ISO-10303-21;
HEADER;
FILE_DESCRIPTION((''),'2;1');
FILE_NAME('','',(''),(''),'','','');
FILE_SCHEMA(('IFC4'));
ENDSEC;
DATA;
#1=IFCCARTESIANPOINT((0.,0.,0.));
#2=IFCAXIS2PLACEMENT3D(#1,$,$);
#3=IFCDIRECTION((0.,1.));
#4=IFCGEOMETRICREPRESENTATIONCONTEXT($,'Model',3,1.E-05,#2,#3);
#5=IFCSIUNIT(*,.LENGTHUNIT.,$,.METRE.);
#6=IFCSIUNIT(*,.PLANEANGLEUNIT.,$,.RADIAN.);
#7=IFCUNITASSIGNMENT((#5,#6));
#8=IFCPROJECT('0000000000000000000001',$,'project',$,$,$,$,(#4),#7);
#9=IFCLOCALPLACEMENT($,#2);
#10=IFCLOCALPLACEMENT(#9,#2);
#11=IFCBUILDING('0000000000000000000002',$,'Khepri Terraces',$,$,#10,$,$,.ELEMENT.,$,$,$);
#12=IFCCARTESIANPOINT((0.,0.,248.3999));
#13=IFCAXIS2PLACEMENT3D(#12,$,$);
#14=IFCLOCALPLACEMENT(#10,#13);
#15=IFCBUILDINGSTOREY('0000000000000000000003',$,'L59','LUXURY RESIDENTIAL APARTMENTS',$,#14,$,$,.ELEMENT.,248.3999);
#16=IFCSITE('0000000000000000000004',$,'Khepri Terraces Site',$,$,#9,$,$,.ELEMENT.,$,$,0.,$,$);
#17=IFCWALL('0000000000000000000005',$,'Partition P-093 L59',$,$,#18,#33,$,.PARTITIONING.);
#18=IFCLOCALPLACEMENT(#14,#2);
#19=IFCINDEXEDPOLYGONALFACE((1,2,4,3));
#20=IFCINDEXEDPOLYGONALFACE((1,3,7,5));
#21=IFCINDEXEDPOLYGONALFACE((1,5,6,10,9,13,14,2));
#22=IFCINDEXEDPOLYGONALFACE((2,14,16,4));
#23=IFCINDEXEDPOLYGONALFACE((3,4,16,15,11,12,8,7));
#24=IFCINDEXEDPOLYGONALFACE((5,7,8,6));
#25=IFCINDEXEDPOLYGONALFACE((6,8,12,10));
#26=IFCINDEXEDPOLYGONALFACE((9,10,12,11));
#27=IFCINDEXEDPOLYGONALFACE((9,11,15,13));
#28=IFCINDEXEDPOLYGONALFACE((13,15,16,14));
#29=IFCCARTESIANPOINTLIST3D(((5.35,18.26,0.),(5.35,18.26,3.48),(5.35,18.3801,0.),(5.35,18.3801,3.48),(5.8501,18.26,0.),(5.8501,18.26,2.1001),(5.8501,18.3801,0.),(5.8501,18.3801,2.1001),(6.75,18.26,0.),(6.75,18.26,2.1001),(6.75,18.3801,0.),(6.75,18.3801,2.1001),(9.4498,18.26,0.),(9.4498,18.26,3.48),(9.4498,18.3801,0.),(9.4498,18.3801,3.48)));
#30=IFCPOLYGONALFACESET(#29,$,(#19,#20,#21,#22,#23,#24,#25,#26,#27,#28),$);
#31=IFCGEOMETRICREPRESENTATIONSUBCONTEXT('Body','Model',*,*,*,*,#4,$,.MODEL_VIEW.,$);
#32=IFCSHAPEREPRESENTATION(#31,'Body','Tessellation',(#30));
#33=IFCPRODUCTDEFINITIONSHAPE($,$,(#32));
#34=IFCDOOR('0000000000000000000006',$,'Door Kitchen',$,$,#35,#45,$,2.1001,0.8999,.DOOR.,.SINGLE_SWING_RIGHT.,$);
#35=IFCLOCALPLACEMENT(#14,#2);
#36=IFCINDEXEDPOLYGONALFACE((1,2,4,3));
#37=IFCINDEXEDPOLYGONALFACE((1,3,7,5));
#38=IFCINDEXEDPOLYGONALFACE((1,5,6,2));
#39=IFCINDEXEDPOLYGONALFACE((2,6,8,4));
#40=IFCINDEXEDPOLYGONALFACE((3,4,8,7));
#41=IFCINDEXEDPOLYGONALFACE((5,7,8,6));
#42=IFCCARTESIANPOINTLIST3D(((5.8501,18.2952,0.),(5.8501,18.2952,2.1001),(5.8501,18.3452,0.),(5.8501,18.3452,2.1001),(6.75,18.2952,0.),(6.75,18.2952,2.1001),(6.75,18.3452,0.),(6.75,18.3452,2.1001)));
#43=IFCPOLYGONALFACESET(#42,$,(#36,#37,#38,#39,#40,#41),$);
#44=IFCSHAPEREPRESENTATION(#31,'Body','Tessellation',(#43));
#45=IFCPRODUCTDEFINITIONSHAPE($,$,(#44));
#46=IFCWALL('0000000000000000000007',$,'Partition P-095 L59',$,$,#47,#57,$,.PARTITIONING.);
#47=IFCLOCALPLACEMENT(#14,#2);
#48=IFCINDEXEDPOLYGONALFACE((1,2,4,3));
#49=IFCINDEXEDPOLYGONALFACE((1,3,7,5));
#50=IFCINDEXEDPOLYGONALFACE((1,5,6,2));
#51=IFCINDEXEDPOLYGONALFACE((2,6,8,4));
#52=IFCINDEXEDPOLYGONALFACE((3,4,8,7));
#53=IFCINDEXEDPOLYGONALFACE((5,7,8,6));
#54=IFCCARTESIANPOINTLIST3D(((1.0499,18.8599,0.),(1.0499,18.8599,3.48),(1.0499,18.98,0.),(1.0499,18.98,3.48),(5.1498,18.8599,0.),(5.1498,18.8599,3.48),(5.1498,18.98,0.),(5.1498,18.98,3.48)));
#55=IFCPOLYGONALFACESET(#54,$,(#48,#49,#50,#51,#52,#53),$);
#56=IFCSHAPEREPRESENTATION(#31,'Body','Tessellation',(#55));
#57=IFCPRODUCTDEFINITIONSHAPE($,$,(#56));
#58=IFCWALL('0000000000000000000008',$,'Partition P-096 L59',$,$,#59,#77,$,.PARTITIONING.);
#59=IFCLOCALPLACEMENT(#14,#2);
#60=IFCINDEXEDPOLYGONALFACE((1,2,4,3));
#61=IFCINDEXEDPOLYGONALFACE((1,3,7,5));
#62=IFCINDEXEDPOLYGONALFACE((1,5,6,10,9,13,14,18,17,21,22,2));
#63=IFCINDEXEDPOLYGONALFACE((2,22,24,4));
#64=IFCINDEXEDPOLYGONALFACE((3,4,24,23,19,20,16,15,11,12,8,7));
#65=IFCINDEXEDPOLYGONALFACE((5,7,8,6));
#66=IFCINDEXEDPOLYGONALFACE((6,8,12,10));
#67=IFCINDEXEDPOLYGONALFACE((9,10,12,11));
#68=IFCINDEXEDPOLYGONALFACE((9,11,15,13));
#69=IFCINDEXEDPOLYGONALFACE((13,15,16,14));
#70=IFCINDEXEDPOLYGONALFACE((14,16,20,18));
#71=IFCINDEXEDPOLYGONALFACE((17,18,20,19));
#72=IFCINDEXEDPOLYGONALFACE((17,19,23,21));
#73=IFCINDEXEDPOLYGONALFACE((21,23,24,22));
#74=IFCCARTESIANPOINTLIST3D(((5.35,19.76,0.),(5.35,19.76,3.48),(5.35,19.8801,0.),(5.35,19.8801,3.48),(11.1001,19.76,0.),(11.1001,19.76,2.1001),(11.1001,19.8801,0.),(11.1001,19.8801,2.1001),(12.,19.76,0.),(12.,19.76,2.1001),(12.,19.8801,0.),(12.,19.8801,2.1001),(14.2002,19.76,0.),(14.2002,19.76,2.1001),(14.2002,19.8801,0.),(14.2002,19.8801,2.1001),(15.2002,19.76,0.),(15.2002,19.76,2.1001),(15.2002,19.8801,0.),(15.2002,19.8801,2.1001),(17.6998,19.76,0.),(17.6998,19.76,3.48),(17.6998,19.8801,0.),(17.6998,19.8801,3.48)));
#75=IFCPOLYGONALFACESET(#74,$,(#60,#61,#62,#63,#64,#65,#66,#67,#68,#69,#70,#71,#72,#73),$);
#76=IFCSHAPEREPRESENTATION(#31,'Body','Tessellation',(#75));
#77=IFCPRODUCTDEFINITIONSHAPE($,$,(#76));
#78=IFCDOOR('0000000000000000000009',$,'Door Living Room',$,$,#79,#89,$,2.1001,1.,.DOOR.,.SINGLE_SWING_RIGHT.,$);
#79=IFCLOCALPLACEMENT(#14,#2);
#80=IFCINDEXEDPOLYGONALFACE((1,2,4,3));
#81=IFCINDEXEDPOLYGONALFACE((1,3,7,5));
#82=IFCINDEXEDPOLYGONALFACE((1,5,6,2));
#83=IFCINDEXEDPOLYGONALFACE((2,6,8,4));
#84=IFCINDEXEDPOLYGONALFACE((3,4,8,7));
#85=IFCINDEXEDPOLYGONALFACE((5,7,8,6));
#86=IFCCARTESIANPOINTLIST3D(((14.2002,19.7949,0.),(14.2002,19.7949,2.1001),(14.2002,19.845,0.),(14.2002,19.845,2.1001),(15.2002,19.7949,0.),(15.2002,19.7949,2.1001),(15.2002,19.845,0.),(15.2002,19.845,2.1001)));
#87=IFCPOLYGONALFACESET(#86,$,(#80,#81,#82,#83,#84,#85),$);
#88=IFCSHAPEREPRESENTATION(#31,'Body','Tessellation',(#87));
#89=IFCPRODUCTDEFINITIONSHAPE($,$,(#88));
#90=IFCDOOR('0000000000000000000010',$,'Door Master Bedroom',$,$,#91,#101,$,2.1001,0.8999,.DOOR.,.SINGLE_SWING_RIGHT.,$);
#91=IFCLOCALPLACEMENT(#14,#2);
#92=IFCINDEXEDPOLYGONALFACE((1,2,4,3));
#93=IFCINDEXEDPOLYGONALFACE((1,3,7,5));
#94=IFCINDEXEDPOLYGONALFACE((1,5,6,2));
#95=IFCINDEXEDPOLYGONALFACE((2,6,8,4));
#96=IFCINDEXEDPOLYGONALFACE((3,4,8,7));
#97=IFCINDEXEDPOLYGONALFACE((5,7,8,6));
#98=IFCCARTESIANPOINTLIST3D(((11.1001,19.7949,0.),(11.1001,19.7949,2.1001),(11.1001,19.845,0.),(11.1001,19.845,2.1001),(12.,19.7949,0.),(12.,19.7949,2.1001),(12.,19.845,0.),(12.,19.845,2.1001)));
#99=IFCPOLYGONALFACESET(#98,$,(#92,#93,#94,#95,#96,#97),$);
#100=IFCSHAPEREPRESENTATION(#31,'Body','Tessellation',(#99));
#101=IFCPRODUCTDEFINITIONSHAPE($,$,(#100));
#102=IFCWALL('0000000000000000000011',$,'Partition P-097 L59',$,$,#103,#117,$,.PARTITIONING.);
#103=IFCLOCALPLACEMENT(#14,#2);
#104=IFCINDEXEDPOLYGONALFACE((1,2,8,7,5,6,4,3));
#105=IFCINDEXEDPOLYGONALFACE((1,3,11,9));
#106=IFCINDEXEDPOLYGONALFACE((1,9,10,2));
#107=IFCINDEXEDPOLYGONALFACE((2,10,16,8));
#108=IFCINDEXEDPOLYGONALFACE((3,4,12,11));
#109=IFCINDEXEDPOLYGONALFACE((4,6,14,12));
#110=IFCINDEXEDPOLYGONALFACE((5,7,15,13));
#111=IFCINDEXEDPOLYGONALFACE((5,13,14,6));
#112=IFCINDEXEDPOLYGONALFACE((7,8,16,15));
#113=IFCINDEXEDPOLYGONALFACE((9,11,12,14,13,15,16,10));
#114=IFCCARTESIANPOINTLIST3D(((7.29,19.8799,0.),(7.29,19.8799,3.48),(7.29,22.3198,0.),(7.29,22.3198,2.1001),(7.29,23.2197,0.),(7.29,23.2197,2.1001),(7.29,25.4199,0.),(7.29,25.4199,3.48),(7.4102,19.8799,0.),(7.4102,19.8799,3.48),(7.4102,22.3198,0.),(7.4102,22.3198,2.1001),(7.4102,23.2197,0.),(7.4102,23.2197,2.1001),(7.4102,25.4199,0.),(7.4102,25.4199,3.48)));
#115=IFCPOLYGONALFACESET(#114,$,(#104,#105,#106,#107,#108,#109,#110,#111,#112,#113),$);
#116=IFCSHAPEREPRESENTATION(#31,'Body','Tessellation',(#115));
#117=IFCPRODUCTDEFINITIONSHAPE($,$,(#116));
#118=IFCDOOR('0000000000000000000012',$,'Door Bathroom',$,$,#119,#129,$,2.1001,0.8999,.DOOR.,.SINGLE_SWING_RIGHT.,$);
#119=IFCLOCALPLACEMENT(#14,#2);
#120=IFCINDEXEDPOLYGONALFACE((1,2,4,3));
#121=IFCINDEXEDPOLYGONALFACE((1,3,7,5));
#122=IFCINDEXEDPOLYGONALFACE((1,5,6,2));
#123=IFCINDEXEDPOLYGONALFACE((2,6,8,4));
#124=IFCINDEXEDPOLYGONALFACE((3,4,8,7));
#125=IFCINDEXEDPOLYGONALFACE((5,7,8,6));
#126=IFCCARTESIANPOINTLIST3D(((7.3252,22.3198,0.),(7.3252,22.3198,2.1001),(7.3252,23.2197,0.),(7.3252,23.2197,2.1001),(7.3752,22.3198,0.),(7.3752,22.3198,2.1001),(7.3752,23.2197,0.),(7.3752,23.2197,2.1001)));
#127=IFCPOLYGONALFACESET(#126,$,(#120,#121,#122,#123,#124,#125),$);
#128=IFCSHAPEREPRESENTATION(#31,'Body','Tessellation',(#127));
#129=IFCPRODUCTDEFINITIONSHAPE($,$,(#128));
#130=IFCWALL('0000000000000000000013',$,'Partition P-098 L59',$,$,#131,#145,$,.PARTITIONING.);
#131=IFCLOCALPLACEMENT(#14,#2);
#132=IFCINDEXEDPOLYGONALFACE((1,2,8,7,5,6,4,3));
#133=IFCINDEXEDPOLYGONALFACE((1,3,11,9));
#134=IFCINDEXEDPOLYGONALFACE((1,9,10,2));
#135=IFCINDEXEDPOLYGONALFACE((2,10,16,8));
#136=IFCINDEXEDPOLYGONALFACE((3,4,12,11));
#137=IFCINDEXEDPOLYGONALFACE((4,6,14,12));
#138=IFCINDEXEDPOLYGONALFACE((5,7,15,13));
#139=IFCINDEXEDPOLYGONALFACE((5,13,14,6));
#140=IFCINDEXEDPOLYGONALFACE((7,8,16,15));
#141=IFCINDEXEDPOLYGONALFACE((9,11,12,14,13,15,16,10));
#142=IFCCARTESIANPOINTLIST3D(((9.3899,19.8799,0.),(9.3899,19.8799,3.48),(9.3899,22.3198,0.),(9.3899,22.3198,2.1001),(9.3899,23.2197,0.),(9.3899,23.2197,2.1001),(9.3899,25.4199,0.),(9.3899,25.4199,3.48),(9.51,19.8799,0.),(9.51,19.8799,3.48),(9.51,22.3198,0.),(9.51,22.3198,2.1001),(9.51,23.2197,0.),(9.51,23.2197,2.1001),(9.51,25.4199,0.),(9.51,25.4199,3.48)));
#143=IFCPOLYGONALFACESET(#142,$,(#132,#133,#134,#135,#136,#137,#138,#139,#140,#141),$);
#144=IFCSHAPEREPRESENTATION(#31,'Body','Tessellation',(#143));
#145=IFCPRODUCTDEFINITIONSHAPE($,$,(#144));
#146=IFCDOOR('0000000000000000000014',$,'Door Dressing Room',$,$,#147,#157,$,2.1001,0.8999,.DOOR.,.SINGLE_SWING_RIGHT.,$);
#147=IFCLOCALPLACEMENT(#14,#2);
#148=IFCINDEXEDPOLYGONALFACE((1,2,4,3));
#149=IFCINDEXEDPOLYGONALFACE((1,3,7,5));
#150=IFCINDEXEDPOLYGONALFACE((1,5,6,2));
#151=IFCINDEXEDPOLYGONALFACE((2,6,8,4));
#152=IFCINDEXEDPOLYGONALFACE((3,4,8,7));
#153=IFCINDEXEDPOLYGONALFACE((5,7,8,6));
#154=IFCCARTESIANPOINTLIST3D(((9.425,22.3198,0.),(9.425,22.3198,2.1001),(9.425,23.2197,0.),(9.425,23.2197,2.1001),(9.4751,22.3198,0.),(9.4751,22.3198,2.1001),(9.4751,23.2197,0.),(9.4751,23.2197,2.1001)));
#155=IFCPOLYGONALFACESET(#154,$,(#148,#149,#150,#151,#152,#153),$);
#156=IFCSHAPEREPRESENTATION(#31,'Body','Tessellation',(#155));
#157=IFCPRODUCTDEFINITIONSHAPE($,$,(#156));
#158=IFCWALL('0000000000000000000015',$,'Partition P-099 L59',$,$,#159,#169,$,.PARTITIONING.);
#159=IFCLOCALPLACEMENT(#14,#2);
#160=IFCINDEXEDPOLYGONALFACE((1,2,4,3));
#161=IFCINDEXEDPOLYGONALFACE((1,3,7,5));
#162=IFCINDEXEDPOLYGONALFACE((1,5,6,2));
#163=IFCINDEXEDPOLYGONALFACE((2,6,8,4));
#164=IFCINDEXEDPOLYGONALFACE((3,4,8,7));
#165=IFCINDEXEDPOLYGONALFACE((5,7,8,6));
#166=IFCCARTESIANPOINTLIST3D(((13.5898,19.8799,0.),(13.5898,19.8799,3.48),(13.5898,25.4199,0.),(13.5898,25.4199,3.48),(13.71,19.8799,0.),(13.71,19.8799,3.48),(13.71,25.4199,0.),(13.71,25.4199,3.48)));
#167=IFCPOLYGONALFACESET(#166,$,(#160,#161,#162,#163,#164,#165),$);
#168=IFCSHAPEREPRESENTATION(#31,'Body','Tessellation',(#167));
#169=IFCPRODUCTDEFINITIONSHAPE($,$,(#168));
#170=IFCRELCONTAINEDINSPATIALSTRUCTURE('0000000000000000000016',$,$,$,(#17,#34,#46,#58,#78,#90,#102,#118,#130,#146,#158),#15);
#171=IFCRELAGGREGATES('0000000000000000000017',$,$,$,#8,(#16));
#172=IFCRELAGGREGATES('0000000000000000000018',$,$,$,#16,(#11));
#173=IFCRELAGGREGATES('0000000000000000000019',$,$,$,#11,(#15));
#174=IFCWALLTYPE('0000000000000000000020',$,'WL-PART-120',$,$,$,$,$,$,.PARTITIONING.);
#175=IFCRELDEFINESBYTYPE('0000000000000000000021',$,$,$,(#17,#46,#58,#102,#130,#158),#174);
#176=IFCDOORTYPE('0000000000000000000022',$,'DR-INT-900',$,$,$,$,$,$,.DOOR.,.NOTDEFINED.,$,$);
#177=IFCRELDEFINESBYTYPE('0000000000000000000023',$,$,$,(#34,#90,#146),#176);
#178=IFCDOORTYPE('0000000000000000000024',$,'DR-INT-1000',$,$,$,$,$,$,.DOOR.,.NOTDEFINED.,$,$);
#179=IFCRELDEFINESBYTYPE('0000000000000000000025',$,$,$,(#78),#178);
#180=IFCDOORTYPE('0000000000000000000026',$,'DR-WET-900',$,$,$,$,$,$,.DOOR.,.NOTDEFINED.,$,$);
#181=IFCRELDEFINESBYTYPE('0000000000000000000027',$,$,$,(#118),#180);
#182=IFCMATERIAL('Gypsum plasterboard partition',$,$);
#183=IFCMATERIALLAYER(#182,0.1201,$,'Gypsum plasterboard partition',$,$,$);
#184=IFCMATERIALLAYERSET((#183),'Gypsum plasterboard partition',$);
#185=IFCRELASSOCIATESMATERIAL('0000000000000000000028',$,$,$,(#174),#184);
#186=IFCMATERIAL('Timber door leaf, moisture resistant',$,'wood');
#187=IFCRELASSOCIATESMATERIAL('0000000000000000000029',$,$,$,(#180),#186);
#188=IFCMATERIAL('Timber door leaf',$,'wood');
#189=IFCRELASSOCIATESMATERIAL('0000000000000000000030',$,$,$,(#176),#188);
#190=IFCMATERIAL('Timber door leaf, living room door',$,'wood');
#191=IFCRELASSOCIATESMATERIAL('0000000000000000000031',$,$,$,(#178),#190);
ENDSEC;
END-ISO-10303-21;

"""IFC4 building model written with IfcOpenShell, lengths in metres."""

from ifc_helpers import new_model, si_unit, direction, frame, frame_2d, origin, place, context, subcontext, project, spatial, rectangle, extrude, material, layer, layer_set, type_object, element, fill, save


model = new_model("IFC4")

# Units and contexts
model_context = context("Model", 3, precision=1e-05, world=origin(), true_north=direction((0.0, 1.0)))
body_context = subcontext(model_context, "Body", "Model", "MODEL_VIEW")
ifc_project = project(units=[si_unit("LENGTHUNIT", "METRE"), si_unit("PLANEANGLEUNIT", "RADIAN")], contexts=[model_context])

# Site, building, storey
site_placement = place(None, origin())
site = spatial("IfcSite", under=ifc_project, at=site_placement, Name="Khepri Terraces Site", CompositionType="ELEMENT", RefElevation=0.0)
building_placement = place(site_placement, origin())
building = spatial("IfcBuilding", under=site, at=building_placement, Name="Khepri Terraces", CompositionType="ELEMENT")
storey_placement = place(building_placement, frame((0.0, 0.0, 248.3999)))
storey = spatial("IfcBuildingStorey", under=building, at=storey_placement, Name="L59", Description="LUXURY RESIDENTIAL APARTMENTS", CompositionType="ELEMENT", Elevation=248.3999)

# Shared definitions
ifc_material_1 = material(Name="Gypsum plasterboard partition")
ifc_layer_1 = layer(ifc_material_1, 0.1201, Name="Gypsum plasterboard partition")
ifc_layer_set_1 = layer_set([ifc_layer_1], Name="Gypsum plasterboard partition")
wall_type_1 = type_object("IfcWallType", Name="WL-PART-120", PredefinedType="PARTITIONING", material=ifc_layer_set_1)

# Shared definitions
ifc_material_2 = material(Name="Timber door leaf, moisture resistant", Category="wood")
door_type_1 = type_object("IfcDoorType", Name="DR-WET-900", OperationType="NOTDEFINED", PredefinedType="DOOR", material=ifc_material_2)

# Wall, opening, door
wall_1_placement = place(storey_placement, frame((5.3501, 18.3201, 0.0), z_axis=(0.0, 0.0, 1.0), x_axis=(1.0, 0.0, 0.0)))
wall_1 = element("IfcWall", 1, at=wall_1_placement, inside=storey, type_object=wall_type_1, Name="Partition P-093 L59", PredefinedType="PARTITIONING", context=body_context, shape_type="SweptSolid", body=[
    extrude(rectangle(XDim=4.0999, YDim=0.1201, at=frame_2d((2.0498, 0.0))), origin(), (0.0, 0.0, 1.0), 3.48),
])
opening_1_placement = place(wall_1_placement, frame((0.5, 0.0, 0.0)))
opening_1 = element("IfcOpeningElement", 2, at=opening_1_placement, cuts=wall_1, PredefinedType="OPENING", context=body_context, shape_type="SweptSolid", body=[
    extrude(rectangle(XDim=0.8999, YDim=2.1001, at=frame_2d((0.45, 1.05))), frame((0.0, 0.0701, 0.0), z_axis=(0.0, -1.0, 0.0), x_axis=(1.0, 0.0, 0.0)), (0.0, 0.0, 1.0), 0.1401),
])
ifc_material_3 = material(Name="Timber door leaf", Category="wood")
door_type_2 = type_object("IfcDoorType", Name="DR-INT-900", OperationType="NOTDEFINED", PredefinedType="DOOR", material=ifc_material_3)
door_1_placement = place(opening_1_placement, frame((0.8999, 0.0, 0.0), z_axis=(0.0, 0.0, 1.0), x_axis=(-1.0, 0.0, 0.0)))
door_1 = element("IfcDoor", 3, at=door_1_placement, inside=storey, type_object=door_type_2, Name="Door Kitchen", OperationType="SINGLE_SWING_RIGHT", OverallHeight=2.1001, OverallWidth=0.8999, PredefinedType="DOOR", context=body_context, shape_type="SweptSolid", body=[
    extrude(rectangle(XDim=0.8999, YDim=2.1001, at=frame_2d((0.45, 1.05))), frame((0.0, 0.0249, 0.0), z_axis=(0.0, -1.0, 0.0), x_axis=(1.0, 0.0, 0.0)), (0.0, 0.0, 1.0), 0.05),
])
fill(opening_1, door_1)

# Wall
wall_2_placement = place(storey_placement, frame((1.05, 18.9199, 0.0), z_axis=(0.0, 0.0, 1.0), x_axis=(1.0, 0.0, 0.0)))
element("IfcWall", 4, at=wall_2_placement, inside=storey, type_object=wall_type_1, Name="Partition P-095 L59", PredefinedType="PARTITIONING", context=body_context, shape_type="SweptSolid", body=[
    extrude(rectangle(XDim=4.0999, YDim=0.1201, at=frame_2d((2.0498, 0.0))), origin(), (0.0, 0.0, 1.0), 3.48),
])

# Wall, openings, doors
wall_3_placement = place(storey_placement, frame((5.3501, 19.8201, 0.0), z_axis=(0.0, 0.0, 1.0), x_axis=(1.0, 0.0, 0.0)))
wall_3 = element("IfcWall", 5, at=wall_3_placement, inside=storey, type_object=wall_type_1, Name="Partition P-096 L59", PredefinedType="PARTITIONING", context=body_context, shape_type="SweptSolid", body=[
    extrude(rectangle(XDim=12.3499, YDim=0.1201, at=frame_2d((6.1748, 0.0))), origin(), (0.0, 0.0, 1.0), 3.48),
])
opening_2_placement = place(wall_3_placement, frame((8.8501, 0.0, 0.0)))
opening_2 = element("IfcOpeningElement", 6, at=opening_2_placement, cuts=wall_3, PredefinedType="OPENING", context=body_context, shape_type="SweptSolid", body=[
    extrude(rectangle(XDim=1.0, YDim=2.1001, at=frame_2d((0.5, 1.05))), frame((0.0, 0.0701, 0.0), z_axis=(0.0, -1.0, 0.0), x_axis=(1.0, 0.0, 0.0)), (0.0, 0.0, 1.0), 0.1401),
])
opening_3_placement = place(wall_3_placement, frame((5.75, 0.0, 0.0)))
opening_3 = element("IfcOpeningElement", 7, at=opening_3_placement, cuts=wall_3, PredefinedType="OPENING", context=body_context, shape_type="SweptSolid", body=[
    extrude(rectangle(XDim=0.8999, YDim=2.1001, at=frame_2d((0.45, 1.05))), frame((0.0, 0.0701, 0.0), z_axis=(0.0, -1.0, 0.0), x_axis=(1.0, 0.0, 0.0)), (0.0, 0.0, 1.0), 0.1401),
])
ifc_material_4 = material(Name="Timber door leaf, living room door", Category="wood")
door_type_3 = type_object("IfcDoorType", Name="DR-INT-1000", OperationType="NOTDEFINED", PredefinedType="DOOR", material=ifc_material_4)
door_2_placement = place(opening_2_placement, origin())
door_2 = element("IfcDoor", 8, at=door_2_placement, inside=storey, type_object=door_type_3, Name="Door Living Room", OperationType="SINGLE_SWING_RIGHT", OverallHeight=2.1001, OverallWidth=1.0, PredefinedType="DOOR", context=body_context, shape_type="SweptSolid", body=[
    extrude(rectangle(XDim=1.0, YDim=2.1001, at=frame_2d((0.5, 1.05))), frame((0.0, 0.0249, 0.0), z_axis=(0.0, -1.0, 0.0), x_axis=(1.0, 0.0, 0.0)), (0.0, 0.0, 1.0), 0.05),
])
fill(opening_2, door_2)
door_3_placement = place(opening_3_placement, origin())
door_3 = element("IfcDoor", 9, at=door_3_placement, inside=storey, type_object=door_type_2, Name="Door Master Bedroom", OperationType="SINGLE_SWING_RIGHT", OverallHeight=2.1001, OverallWidth=0.8999, PredefinedType="DOOR", context=body_context, shape_type="SweptSolid", body=[
    extrude(rectangle(XDim=0.8999, YDim=2.1001, at=frame_2d((0.45, 1.05))), frame((0.0, 0.0249, 0.0), z_axis=(0.0, -1.0, 0.0), x_axis=(1.0, 0.0, 0.0)), (0.0, 0.0, 1.0), 0.05),
])
fill(opening_3, door_3)

# Walls, openings, doors
wall_4_placement = place(storey_placement, frame((7.3501, 19.8799, 0.0), z_axis=(0.0, 0.0, 1.0), x_axis=(0.0, 1.0, 0.0)))
wall_4 = element("IfcWall", 10, at=wall_4_placement, inside=storey, type_object=wall_type_1, Name="Partition P-097 L59", PredefinedType="PARTITIONING", context=body_context, shape_type="SweptSolid", body=[
    extrude(rectangle(XDim=5.54, YDim=0.1201, at=frame_2d((2.77, 0.0))), origin(), (0.0, 0.0, 1.0), 3.48),
])
opening_4_placement = place(wall_4_placement, frame((2.4399, 0.0, 0.0)))
opening_4 = element("IfcOpeningElement", 11, at=opening_4_placement, cuts=wall_4, PredefinedType="OPENING", context=body_context, shape_type="SweptSolid", body=[
    extrude(rectangle(XDim=0.8999, YDim=2.1001, at=frame_2d((0.45, 1.05))), frame((0.0, 0.0701, 0.0), z_axis=(0.0, -1.0, 0.0), x_axis=(1.0, 0.0, 0.0)), (0.0, 0.0, 1.0), 0.1401),
])
door_4_placement = place(opening_4_placement, origin())
door_4 = element("IfcDoor", 12, at=door_4_placement, inside=storey, type_object=door_type_1, Name="Door Bathroom", OperationType="SINGLE_SWING_RIGHT", OverallHeight=2.1001, OverallWidth=0.8999, PredefinedType="DOOR", context=body_context, shape_type="SweptSolid", body=[
    extrude(rectangle(XDim=0.8999, YDim=2.1001, at=frame_2d((0.45, 1.05))), frame((0.0, 0.0249, 0.0), z_axis=(0.0, -1.0, 0.0), x_axis=(1.0, 0.0, 0.0)), (0.0, 0.0, 1.0), 0.05),
])
fill(opening_4, door_4)
wall_5_placement = place(storey_placement, frame((9.45, 19.8799, 0.0), z_axis=(0.0, 0.0, 1.0), x_axis=(0.0, 1.0, 0.0)))
wall_5 = element("IfcWall", 13, at=wall_5_placement, inside=storey, type_object=wall_type_1, Name="Partition P-098 L59", PredefinedType="PARTITIONING", context=body_context, shape_type="SweptSolid", body=[
    extrude(rectangle(XDim=5.54, YDim=0.1201, at=frame_2d((2.77, 0.0))), origin(), (0.0, 0.0, 1.0), 3.48),
])
opening_5_placement = place(wall_5_placement, frame((2.4399, 0.0, 0.0)))
opening_5 = element("IfcOpeningElement", 14, at=opening_5_placement, cuts=wall_5, PredefinedType="OPENING", context=body_context, shape_type="SweptSolid", body=[
    extrude(rectangle(XDim=0.8999, YDim=2.1001, at=frame_2d((0.45, 1.05))), frame((0.0, 0.0701, 0.0), z_axis=(0.0, -1.0, 0.0), x_axis=(1.0, 0.0, 0.0)), (0.0, 0.0, 1.0), 0.1401),
])
door_5_placement = place(opening_5_placement, origin())
door_5 = element("IfcDoor", 15, at=door_5_placement, inside=storey, type_object=door_type_2, Name="Door Dressing Room", OperationType="SINGLE_SWING_RIGHT", OverallHeight=2.1001, OverallWidth=0.8999, PredefinedType="DOOR", context=body_context, shape_type="SweptSolid", body=[
    extrude(rectangle(XDim=0.8999, YDim=2.1001, at=frame_2d((0.45, 1.05))), frame((0.0, 0.0249, 0.0), z_axis=(0.0, -1.0, 0.0), x_axis=(1.0, 0.0, 0.0)), (0.0, 0.0, 1.0), 0.05),
])
fill(opening_5, door_5)

# Wall
wall_6_placement = place(storey_placement, frame((13.6499, 19.8799, 0.0), z_axis=(0.0, 0.0, 1.0), x_axis=(0.0, 1.0, 0.0)))
element("IfcWall", 16, at=wall_6_placement, inside=storey, type_object=wall_type_1, Name="Partition P-099 L59", PredefinedType="PARTITIONING", context=body_context, shape_type="SweptSolid", body=[
    extrude(rectangle(XDim=5.54, YDim=0.1201, at=frame_2d((2.77, 0.0))), origin(), (0.0, 0.0, 1.0), 3.48),
])

save(model, "model.ifc")
